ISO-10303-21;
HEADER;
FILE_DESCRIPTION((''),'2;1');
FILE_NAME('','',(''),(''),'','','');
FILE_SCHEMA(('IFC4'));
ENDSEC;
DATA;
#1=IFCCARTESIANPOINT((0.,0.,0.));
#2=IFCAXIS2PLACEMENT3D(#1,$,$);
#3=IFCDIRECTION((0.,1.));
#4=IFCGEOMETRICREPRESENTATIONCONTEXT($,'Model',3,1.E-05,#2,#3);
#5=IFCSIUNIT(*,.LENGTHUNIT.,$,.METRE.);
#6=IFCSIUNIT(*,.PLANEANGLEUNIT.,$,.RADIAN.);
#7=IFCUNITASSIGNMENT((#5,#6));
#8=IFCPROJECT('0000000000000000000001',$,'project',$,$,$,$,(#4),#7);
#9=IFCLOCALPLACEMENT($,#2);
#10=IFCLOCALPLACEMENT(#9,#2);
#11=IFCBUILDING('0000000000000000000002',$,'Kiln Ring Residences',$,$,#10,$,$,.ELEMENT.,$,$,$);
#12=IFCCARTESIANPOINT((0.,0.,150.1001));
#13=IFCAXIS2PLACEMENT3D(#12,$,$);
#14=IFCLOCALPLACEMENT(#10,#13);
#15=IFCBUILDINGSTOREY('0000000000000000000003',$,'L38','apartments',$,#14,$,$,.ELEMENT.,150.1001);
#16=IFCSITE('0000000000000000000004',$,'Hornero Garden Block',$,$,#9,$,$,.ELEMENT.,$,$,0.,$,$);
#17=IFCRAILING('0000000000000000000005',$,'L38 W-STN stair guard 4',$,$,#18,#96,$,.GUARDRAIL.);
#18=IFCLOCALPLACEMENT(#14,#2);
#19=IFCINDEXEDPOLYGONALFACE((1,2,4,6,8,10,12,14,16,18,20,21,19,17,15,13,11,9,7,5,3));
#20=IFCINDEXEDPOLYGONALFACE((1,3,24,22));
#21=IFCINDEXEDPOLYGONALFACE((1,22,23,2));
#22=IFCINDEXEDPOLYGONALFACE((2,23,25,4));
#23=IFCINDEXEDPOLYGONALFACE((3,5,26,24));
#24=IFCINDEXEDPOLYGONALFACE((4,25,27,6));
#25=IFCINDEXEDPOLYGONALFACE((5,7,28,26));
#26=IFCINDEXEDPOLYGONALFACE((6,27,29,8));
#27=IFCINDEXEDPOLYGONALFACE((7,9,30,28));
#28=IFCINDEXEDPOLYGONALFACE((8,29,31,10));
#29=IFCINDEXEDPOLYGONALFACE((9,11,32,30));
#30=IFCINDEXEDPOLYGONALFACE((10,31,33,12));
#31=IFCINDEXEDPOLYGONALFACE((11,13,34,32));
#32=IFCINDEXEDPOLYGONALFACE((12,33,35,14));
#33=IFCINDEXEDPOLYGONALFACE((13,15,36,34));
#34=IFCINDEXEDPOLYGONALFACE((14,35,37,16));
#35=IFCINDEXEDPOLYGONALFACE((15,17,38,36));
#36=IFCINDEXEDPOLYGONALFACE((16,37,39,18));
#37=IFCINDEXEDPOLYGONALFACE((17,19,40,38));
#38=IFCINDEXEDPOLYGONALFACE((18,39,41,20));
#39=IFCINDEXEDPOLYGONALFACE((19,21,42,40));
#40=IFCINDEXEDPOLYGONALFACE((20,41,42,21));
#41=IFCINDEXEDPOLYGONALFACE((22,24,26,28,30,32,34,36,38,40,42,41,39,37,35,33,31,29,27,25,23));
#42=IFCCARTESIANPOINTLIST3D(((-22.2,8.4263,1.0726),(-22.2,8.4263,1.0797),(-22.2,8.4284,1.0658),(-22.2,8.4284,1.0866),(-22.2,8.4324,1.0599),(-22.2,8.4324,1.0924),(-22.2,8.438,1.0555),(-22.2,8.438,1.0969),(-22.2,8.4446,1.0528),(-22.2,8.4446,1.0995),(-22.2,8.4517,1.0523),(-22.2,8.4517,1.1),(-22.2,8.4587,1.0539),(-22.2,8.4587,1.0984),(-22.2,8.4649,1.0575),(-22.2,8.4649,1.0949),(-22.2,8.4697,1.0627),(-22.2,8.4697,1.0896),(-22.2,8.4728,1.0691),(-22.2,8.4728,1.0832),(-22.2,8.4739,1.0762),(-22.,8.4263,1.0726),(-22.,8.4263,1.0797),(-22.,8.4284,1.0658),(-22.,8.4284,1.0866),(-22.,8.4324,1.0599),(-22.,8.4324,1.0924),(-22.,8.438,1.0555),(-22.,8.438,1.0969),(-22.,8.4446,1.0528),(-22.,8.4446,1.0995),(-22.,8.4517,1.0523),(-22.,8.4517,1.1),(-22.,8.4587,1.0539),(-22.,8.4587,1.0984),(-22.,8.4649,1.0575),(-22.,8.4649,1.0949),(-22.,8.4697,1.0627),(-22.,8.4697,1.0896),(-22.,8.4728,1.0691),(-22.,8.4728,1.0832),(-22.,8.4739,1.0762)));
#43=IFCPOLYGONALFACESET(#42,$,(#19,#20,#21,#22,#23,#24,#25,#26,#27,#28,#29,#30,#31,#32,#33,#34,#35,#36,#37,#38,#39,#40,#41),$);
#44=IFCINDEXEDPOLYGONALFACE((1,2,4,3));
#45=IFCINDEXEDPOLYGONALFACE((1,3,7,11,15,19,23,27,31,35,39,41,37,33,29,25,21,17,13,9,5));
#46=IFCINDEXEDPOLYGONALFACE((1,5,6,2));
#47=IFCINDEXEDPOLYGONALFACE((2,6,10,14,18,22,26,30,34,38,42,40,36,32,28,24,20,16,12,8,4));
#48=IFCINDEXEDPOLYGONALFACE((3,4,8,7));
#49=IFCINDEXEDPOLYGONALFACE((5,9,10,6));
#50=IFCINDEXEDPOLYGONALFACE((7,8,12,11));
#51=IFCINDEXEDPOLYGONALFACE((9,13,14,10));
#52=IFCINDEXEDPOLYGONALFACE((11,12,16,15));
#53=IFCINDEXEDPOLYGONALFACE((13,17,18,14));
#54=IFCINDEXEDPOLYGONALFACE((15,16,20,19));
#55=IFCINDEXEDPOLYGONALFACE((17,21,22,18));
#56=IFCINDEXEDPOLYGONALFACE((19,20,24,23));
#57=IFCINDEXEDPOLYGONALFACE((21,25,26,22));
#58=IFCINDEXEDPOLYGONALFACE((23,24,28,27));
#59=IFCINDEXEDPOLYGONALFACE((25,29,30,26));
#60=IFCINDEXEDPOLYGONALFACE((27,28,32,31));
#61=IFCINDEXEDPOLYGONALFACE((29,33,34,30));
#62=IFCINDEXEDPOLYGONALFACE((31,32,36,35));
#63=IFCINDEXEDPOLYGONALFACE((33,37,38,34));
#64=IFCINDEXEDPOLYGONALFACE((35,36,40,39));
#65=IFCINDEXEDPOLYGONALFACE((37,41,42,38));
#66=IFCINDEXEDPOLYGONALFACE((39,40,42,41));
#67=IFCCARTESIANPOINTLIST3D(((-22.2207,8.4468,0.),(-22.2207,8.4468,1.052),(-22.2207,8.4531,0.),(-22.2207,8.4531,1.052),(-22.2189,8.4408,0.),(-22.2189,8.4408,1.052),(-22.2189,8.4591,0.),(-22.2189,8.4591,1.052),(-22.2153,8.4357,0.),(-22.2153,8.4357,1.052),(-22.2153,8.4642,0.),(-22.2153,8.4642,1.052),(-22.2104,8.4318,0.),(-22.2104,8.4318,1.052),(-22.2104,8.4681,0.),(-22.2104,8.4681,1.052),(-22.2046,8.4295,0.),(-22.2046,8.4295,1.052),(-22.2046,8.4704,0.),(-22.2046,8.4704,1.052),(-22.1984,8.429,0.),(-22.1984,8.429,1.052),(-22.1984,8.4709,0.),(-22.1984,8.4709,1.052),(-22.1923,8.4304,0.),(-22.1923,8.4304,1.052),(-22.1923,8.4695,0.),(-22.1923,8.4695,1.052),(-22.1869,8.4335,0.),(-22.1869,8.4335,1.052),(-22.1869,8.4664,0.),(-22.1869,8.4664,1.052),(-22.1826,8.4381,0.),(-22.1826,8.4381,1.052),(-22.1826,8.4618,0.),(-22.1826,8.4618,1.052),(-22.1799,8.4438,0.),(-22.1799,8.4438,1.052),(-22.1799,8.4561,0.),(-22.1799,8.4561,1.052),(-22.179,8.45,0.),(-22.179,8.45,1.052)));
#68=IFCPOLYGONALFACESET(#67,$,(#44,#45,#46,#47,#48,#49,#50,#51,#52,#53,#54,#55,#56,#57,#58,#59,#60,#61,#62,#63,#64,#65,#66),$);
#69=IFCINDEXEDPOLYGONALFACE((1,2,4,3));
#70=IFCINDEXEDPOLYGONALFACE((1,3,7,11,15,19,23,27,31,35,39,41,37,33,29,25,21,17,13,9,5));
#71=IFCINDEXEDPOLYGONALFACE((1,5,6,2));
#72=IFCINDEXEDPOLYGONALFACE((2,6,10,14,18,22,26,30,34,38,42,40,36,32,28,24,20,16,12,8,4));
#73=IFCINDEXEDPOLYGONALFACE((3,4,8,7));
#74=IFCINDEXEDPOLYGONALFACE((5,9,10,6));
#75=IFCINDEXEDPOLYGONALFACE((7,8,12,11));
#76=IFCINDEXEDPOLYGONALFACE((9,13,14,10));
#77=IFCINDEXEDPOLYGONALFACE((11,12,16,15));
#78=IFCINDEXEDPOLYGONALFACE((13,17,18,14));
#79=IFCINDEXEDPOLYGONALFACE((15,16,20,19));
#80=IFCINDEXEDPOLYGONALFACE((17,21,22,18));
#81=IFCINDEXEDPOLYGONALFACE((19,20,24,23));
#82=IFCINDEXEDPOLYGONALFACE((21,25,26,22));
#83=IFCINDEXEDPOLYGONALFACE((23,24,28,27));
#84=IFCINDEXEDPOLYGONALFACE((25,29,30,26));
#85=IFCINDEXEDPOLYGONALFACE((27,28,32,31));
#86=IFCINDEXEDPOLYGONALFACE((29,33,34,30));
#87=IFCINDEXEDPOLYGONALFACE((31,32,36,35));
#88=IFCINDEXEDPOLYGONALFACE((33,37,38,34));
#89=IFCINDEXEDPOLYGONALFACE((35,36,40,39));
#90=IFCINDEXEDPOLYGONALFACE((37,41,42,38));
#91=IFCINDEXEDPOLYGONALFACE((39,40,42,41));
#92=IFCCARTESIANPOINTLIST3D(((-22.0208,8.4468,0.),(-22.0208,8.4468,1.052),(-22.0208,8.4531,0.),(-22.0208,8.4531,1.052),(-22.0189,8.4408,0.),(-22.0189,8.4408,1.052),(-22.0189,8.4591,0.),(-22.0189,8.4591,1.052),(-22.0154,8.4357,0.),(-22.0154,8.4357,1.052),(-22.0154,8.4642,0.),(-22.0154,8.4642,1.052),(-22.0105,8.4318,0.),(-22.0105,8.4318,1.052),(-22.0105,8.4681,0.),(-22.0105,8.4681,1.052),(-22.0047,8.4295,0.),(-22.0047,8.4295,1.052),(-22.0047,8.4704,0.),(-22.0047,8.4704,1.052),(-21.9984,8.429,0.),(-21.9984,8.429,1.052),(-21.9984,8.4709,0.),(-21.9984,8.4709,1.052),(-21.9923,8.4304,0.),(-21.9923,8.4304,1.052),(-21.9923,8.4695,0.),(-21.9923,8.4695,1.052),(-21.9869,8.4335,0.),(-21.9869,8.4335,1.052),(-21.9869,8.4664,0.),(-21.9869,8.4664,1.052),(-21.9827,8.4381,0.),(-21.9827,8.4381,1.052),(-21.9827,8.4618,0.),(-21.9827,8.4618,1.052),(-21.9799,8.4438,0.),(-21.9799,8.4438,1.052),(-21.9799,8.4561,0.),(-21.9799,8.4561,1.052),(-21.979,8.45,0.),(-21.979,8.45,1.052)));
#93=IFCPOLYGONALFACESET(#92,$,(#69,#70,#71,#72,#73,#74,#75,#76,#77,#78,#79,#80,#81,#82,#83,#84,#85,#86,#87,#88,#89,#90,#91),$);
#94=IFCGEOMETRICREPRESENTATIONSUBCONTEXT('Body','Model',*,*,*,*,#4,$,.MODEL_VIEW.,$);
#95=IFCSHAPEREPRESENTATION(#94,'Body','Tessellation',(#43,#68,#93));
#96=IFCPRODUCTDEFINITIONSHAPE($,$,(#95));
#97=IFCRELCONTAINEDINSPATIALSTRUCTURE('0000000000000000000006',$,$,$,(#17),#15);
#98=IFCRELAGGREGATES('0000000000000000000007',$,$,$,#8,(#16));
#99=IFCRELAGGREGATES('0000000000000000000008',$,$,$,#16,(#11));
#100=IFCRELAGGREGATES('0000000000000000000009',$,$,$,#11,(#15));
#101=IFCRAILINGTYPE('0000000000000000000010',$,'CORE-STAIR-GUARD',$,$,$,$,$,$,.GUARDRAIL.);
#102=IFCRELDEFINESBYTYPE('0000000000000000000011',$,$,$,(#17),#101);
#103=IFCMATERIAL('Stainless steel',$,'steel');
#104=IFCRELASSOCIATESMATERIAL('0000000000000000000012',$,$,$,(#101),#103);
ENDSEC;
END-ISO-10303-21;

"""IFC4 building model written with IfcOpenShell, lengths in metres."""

from ifc_helpers import new_model, si_unit, direction, frame, origin, origin_2d, place, context, subcontext, project, spatial, circle, extrude, material, type_object, element, save


model = new_model("IFC4")

# Units and contexts
model_context = context("Model", 3, precision=1e-05, world=origin(), true_north=direction((0.0, 1.0)))
body_context = subcontext(model_context, "Body", "Model", "MODEL_VIEW")
ifc_project = project(units=[si_unit("LENGTHUNIT", "METRE"), si_unit("PLANEANGLEUNIT", "RADIAN")], contexts=[model_context])

# Site, building, storey
site_placement = place(None, origin())
site = spatial("IfcSite", under=ifc_project, at=site_placement, Name="Hornero Garden Block", CompositionType="ELEMENT", RefElevation=0.0)
building_placement = place(site_placement, origin())
building = spatial("IfcBuilding", under=site, at=building_placement, Name="Kiln Ring Residences", CompositionType="ELEMENT")
storey_placement = place(building_placement, frame((0.0, 0.0, 150.1001)))
storey = spatial("IfcBuildingStorey", under=building, at=storey_placement, Name="L38", Description="apartments", CompositionType="ELEMENT", Elevation=150.1001)

# Railing
ifc_material_1 = material(Name="Stainless steel", Category="steel")
railing_type_1 = type_object("IfcRailingType", Name="CORE-STAIR-GUARD", PredefinedType="GUARDRAIL", material=ifc_material_1)
railing_1_placement = place(storey_placement, frame((-22.2, 8.45, 0.0)))
element("IfcRailing", 1, at=railing_1_placement, inside=storey, type_object=railing_type_1, Name="L38 W-STN stair guard 4", PredefinedType="GUARDRAIL", context=body_context, shape_type="SweptSolid", body=[
    extrude(circle(Radius=0.0239, at=origin_2d()), frame((0.0, 0.0, 1.0762), z_axis=(1.0, 0.0, 0.0), x_axis=(0.0, 1.0, 0.0)), (0.0, 0.0, 1.0), 0.2),
    extrude(circle(Radius=0.021, at=origin_2d()), origin(), (0.0, 0.0, 1.0), 1.052),
    extrude(circle(Radius=0.021, at=origin_2d()), frame((0.2, 0.0, 0.0)), (0.0, 0.0, 1.0), 1.052),
])

save(model, "model.ifc")
